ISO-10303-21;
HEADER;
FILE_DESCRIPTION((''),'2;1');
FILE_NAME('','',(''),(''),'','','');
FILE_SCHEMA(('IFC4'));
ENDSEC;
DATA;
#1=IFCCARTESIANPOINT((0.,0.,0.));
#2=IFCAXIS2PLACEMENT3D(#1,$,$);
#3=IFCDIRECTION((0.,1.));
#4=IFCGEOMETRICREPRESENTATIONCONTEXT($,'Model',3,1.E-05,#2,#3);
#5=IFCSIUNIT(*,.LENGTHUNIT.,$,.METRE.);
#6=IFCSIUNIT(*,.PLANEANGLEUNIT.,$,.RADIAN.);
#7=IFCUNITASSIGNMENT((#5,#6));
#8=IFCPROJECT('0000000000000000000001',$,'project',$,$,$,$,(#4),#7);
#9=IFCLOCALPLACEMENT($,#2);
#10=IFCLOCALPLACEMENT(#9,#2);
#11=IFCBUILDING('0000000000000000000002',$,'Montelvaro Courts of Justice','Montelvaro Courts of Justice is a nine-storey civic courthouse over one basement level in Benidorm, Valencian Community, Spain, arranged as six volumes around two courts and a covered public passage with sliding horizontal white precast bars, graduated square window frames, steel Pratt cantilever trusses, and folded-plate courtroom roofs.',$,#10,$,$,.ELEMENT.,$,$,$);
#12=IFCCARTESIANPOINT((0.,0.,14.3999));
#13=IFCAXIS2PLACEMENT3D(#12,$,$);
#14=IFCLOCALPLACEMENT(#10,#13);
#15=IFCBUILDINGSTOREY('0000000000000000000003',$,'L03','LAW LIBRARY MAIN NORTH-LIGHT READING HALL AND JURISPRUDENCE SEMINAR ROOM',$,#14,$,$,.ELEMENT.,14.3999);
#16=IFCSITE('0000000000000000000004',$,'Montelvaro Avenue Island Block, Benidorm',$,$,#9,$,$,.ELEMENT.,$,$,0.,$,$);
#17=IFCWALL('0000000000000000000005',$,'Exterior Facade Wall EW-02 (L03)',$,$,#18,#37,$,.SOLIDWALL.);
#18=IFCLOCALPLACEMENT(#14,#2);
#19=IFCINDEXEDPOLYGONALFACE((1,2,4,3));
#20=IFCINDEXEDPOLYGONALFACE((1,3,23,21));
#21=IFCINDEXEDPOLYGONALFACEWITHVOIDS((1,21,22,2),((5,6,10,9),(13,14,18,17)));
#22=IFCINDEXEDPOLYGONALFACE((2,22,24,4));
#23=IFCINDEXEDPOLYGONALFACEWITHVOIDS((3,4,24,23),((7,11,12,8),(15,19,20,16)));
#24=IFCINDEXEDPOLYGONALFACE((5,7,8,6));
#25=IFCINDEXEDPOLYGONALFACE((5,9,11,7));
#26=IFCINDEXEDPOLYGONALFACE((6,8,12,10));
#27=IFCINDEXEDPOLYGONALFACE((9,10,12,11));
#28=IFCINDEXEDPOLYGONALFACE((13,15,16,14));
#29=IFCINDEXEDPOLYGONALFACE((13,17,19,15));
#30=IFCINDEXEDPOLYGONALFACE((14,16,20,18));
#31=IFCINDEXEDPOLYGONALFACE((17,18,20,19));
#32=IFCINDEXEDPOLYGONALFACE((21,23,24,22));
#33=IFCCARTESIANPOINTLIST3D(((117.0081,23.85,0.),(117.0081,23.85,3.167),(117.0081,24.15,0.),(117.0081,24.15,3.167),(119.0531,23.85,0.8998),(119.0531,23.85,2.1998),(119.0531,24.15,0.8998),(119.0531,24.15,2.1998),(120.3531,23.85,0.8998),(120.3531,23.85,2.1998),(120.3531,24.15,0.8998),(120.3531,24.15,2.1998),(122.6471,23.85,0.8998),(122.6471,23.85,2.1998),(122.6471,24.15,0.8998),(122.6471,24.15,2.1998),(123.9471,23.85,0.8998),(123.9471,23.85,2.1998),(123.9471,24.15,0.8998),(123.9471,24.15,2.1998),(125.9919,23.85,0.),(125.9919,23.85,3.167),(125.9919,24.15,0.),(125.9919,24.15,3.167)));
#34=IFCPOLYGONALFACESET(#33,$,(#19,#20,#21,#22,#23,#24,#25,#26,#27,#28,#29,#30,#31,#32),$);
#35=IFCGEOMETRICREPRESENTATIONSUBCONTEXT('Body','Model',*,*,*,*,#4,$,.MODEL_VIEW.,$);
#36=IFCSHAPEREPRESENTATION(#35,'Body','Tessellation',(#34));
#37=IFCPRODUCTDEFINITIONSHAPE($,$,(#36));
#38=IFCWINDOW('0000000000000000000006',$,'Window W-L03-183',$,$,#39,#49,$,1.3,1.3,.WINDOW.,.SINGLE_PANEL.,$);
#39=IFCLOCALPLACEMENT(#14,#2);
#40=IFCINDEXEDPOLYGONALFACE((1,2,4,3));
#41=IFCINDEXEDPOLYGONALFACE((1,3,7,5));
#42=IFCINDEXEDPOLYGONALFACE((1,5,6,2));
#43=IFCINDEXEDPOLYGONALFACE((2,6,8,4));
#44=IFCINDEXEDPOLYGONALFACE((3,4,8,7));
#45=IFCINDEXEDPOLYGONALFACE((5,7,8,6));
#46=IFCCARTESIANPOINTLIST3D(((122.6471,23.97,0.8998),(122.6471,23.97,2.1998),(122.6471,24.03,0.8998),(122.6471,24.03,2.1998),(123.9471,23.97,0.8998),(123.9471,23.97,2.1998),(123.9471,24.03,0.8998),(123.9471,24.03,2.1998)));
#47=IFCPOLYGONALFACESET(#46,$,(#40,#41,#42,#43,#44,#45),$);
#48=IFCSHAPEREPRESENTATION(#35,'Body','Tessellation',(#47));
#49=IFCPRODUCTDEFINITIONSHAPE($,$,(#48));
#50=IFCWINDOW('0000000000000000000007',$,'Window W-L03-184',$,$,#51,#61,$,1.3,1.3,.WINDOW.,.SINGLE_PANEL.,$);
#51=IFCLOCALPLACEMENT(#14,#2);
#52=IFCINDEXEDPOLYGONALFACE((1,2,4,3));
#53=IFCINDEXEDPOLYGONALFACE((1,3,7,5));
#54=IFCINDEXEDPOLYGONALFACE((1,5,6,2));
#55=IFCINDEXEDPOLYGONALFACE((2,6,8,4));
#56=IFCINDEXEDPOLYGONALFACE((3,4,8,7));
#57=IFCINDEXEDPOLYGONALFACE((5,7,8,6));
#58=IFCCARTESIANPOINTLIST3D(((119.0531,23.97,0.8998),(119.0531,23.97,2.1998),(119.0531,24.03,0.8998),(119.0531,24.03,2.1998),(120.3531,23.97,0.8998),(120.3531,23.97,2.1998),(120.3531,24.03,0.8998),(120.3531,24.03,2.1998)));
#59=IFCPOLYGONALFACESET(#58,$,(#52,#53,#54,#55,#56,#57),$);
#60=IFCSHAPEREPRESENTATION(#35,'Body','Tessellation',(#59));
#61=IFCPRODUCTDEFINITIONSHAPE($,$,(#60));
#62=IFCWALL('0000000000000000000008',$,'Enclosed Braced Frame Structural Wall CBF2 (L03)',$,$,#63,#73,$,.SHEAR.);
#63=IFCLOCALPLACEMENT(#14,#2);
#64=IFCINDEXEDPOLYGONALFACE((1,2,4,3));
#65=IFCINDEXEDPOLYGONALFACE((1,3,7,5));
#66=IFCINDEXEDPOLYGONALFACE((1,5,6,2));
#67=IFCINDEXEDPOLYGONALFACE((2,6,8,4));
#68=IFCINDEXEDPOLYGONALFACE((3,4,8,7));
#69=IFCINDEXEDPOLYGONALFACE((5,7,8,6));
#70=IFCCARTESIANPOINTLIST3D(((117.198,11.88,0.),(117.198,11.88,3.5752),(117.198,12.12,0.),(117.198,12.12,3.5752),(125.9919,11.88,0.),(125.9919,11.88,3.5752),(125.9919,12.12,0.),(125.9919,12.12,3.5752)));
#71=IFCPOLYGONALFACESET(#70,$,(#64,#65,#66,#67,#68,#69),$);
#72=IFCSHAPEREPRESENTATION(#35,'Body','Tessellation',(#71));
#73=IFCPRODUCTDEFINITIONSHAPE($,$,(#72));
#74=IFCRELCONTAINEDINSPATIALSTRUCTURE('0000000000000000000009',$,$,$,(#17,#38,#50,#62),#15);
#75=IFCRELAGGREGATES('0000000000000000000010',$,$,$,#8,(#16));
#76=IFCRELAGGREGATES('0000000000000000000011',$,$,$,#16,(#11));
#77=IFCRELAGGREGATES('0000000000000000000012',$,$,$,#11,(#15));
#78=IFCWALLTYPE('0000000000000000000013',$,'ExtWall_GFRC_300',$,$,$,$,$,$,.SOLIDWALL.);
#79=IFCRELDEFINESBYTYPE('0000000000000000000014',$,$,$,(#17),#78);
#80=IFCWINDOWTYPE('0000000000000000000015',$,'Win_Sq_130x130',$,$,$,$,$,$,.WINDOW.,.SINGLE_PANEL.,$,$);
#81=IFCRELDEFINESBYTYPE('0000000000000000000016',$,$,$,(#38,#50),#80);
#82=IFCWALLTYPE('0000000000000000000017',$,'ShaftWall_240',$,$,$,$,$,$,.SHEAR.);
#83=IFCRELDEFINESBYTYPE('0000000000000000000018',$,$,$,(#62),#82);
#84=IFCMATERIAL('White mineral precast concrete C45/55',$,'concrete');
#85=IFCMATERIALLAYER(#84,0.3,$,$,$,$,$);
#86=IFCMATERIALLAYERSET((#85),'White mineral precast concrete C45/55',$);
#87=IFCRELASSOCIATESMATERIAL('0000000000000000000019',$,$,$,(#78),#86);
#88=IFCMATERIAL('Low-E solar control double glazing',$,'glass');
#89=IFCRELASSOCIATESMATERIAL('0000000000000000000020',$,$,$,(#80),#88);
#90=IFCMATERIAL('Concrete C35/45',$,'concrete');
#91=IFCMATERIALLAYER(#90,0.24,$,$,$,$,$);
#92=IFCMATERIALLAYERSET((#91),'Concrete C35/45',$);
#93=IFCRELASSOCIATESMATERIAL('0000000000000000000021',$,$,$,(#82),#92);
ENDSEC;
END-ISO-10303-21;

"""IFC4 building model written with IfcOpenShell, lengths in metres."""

from ifc_helpers import new_model, si_unit, direction, frame, frame_2d, origin, place, context, subcontext, project, spatial, rectangle, extrude, material, layer, layer_set, type_object, element, fill, save


model = new_model("IFC4")

# Units and contexts
model_context = context("Model", 3, precision=1e-05, world=origin(), true_north=direction((0.0, 1.0)))
body_context = subcontext(model_context, "Body", "Model", "MODEL_VIEW")
ifc_project = project(units=[si_unit("LENGTHUNIT", "METRE"), si_unit("PLANEANGLEUNIT", "RADIAN")], contexts=[model_context])

# Site, building, storey
site_placement = place(None, origin())
site = spatial("IfcSite", under=ifc_project, at=site_placement, Name="Montelvaro Avenue Island Block, Benidorm", CompositionType="ELEMENT", RefElevation=0.0)
building_placement = place(site_placement, origin())
building = spatial("IfcBuilding", under=site, at=building_placement, Name="Montelvaro Courts of Justice", Description="Montelvaro Courts of Justice is a nine-storey civic courthouse over one basement level in Benidorm, Valencian Community, Spain, arranged as six volumes around two courts and a covered public passage with sliding horizontal white precast bars, graduated square window frames, steel Pratt cantilever trusses, and folded-plate courtroom roofs.", CompositionType="ELEMENT")
storey_placement = place(building_placement, frame((0.0, 0.0, 14.3999)))
storey = spatial("IfcBuildingStorey", under=building, at=storey_placement, Name="L03", Description="LAW LIBRARY MAIN NORTH-LIGHT READING HALL AND JURISPRUDENCE SEMINAR ROOM", CompositionType="ELEMENT", Elevation=14.3999)

# Wall, openings, windows
ifc_material_1 = material(Name="White mineral precast concrete C45/55", Category="concrete")
ifc_layer_1 = layer(ifc_material_1, 0.3)
ifc_layer_set_1 = layer_set([ifc_layer_1], Name="White mineral precast concrete C45/55")
wall_type_1 = type_object("IfcWallType", Name="ExtWall_GFRC_300", PredefinedType="SOLIDWALL", material=ifc_layer_set_1)
wall_1_placement = place(storey_placement, frame((125.9919, 24.0, 0.0), z_axis=(0.0, 0.0, 1.0), x_axis=(-1.0, 0.0, 0.0)))
wall_1 = element("IfcWall", 1, at=wall_1_placement, inside=storey, type_object=wall_type_1, Name="Exterior Facade Wall EW-02 (L03)", PredefinedType="SOLIDWALL", context=body_context, shape_type="SweptSolid", body=[
    extrude(rectangle(XDim=8.9839, YDim=0.3, at=frame_2d((4.4919, 0.0))), origin(), (0.0, 0.0, 1.0), 3.167),
])
opening_1_placement = place(wall_1_placement, frame((2.0449, 0.0, 0.8999)))
opening_1 = element("IfcOpeningElement", 2, at=opening_1_placement, cuts=wall_1, PredefinedType="OPENING", context=body_context, shape_type="SweptSolid", body=[
    extrude(rectangle(XDim=1.3, YDim=1.3, at=frame_2d((0.6499, 0.6499))), frame((0.0, 0.165, 0.0), z_axis=(0.0, -1.0, 0.0), x_axis=(1.0, 0.0, 0.0)), (0.0, 0.0, 1.0), 0.3298),
])
opening_2_placement = place(wall_1_placement, frame((5.6389, 0.0, 0.8999)))
opening_2 = element("IfcOpeningElement", 3, at=opening_2_placement, cuts=wall_1, PredefinedType="OPENING", context=body_context, shape_type="SweptSolid", body=[
    extrude(rectangle(XDim=1.3, YDim=1.3, at=frame_2d((0.6499, 0.6499))), frame((0.0, 0.165, 0.0), z_axis=(0.0, -1.0, 0.0), x_axis=(1.0, 0.0, 0.0)), (0.0, 0.0, 1.0), 0.3298),
])
ifc_material_2 = material(Name="Low-E solar control double glazing", Category="glass")
window_type = type_object("IfcWindowType", Name="Win_Sq_130x130", PartitioningType="SINGLE_PANEL", PredefinedType="WINDOW", material=ifc_material_2)
window_1_placement = place(opening_1_placement, origin())
window_1 = element("IfcWindow", 4, at=window_1_placement, inside=storey, type_object=window_type, Name="Window W-L03-183", OverallHeight=1.3, OverallWidth=1.3, PartitioningType="SINGLE_PANEL", PredefinedType="WINDOW", context=body_context, shape_type="SweptSolid", body=[
    extrude(rectangle(XDim=1.3, YDim=1.3, at=frame_2d((0.6499, 0.6499))), frame((0.0, 0.03, 0.0), z_axis=(0.0, -1.0, 0.0), x_axis=(1.0, 0.0, 0.0)), (0.0, 0.0, 1.0), 0.0601),
])
fill(opening_1, window_1)
window_2_placement = place(opening_2_placement, origin())
window_2 = element("IfcWindow", 5, at=window_2_placement, inside=storey, type_object=window_type, Name="Window W-L03-184", OverallHeight=1.3, OverallWidth=1.3, PartitioningType="SINGLE_PANEL", PredefinedType="WINDOW", context=body_context, shape_type="SweptSolid", body=[
    extrude(rectangle(XDim=1.3, YDim=1.3, at=frame_2d((0.6499, 0.6499))), frame((0.0, 0.03, 0.0), z_axis=(0.0, -1.0, 0.0), x_axis=(1.0, 0.0, 0.0)), (0.0, 0.0, 1.0), 0.0601),
])
fill(opening_2, window_2)

# Wall
ifc_material_3 = material(Name="Concrete C35/45", Category="concrete")
ifc_layer_2 = layer(ifc_material_3, 0.24)
ifc_layer_set_2 = layer_set([ifc_layer_2], Name="Concrete C35/45")
wall_type_2 = type_object("IfcWallType", Name="ShaftWall_240", PredefinedType="SHEAR", material=ifc_layer_set_2)
wall_2_placement = place(storey_placement, frame((117.198, 12.0, 0.0), z_axis=(0.0, 0.0, 1.0), x_axis=(1.0, 0.0, 0.0)))
element("IfcWall", 6, at=wall_2_placement, inside=storey, type_object=wall_type_2, Name="Enclosed Braced Frame Structural Wall CBF2 (L03)", PredefinedType="SHEAR", context=body_context, shape_type="SweptSolid", body=[
    extrude(rectangle(XDim=8.7939, YDim=0.24, at=frame_2d((4.397, 0.0))), origin(), (0.0, 0.0, 1.0), 3.5752),
])

save(model, "model.ifc")
